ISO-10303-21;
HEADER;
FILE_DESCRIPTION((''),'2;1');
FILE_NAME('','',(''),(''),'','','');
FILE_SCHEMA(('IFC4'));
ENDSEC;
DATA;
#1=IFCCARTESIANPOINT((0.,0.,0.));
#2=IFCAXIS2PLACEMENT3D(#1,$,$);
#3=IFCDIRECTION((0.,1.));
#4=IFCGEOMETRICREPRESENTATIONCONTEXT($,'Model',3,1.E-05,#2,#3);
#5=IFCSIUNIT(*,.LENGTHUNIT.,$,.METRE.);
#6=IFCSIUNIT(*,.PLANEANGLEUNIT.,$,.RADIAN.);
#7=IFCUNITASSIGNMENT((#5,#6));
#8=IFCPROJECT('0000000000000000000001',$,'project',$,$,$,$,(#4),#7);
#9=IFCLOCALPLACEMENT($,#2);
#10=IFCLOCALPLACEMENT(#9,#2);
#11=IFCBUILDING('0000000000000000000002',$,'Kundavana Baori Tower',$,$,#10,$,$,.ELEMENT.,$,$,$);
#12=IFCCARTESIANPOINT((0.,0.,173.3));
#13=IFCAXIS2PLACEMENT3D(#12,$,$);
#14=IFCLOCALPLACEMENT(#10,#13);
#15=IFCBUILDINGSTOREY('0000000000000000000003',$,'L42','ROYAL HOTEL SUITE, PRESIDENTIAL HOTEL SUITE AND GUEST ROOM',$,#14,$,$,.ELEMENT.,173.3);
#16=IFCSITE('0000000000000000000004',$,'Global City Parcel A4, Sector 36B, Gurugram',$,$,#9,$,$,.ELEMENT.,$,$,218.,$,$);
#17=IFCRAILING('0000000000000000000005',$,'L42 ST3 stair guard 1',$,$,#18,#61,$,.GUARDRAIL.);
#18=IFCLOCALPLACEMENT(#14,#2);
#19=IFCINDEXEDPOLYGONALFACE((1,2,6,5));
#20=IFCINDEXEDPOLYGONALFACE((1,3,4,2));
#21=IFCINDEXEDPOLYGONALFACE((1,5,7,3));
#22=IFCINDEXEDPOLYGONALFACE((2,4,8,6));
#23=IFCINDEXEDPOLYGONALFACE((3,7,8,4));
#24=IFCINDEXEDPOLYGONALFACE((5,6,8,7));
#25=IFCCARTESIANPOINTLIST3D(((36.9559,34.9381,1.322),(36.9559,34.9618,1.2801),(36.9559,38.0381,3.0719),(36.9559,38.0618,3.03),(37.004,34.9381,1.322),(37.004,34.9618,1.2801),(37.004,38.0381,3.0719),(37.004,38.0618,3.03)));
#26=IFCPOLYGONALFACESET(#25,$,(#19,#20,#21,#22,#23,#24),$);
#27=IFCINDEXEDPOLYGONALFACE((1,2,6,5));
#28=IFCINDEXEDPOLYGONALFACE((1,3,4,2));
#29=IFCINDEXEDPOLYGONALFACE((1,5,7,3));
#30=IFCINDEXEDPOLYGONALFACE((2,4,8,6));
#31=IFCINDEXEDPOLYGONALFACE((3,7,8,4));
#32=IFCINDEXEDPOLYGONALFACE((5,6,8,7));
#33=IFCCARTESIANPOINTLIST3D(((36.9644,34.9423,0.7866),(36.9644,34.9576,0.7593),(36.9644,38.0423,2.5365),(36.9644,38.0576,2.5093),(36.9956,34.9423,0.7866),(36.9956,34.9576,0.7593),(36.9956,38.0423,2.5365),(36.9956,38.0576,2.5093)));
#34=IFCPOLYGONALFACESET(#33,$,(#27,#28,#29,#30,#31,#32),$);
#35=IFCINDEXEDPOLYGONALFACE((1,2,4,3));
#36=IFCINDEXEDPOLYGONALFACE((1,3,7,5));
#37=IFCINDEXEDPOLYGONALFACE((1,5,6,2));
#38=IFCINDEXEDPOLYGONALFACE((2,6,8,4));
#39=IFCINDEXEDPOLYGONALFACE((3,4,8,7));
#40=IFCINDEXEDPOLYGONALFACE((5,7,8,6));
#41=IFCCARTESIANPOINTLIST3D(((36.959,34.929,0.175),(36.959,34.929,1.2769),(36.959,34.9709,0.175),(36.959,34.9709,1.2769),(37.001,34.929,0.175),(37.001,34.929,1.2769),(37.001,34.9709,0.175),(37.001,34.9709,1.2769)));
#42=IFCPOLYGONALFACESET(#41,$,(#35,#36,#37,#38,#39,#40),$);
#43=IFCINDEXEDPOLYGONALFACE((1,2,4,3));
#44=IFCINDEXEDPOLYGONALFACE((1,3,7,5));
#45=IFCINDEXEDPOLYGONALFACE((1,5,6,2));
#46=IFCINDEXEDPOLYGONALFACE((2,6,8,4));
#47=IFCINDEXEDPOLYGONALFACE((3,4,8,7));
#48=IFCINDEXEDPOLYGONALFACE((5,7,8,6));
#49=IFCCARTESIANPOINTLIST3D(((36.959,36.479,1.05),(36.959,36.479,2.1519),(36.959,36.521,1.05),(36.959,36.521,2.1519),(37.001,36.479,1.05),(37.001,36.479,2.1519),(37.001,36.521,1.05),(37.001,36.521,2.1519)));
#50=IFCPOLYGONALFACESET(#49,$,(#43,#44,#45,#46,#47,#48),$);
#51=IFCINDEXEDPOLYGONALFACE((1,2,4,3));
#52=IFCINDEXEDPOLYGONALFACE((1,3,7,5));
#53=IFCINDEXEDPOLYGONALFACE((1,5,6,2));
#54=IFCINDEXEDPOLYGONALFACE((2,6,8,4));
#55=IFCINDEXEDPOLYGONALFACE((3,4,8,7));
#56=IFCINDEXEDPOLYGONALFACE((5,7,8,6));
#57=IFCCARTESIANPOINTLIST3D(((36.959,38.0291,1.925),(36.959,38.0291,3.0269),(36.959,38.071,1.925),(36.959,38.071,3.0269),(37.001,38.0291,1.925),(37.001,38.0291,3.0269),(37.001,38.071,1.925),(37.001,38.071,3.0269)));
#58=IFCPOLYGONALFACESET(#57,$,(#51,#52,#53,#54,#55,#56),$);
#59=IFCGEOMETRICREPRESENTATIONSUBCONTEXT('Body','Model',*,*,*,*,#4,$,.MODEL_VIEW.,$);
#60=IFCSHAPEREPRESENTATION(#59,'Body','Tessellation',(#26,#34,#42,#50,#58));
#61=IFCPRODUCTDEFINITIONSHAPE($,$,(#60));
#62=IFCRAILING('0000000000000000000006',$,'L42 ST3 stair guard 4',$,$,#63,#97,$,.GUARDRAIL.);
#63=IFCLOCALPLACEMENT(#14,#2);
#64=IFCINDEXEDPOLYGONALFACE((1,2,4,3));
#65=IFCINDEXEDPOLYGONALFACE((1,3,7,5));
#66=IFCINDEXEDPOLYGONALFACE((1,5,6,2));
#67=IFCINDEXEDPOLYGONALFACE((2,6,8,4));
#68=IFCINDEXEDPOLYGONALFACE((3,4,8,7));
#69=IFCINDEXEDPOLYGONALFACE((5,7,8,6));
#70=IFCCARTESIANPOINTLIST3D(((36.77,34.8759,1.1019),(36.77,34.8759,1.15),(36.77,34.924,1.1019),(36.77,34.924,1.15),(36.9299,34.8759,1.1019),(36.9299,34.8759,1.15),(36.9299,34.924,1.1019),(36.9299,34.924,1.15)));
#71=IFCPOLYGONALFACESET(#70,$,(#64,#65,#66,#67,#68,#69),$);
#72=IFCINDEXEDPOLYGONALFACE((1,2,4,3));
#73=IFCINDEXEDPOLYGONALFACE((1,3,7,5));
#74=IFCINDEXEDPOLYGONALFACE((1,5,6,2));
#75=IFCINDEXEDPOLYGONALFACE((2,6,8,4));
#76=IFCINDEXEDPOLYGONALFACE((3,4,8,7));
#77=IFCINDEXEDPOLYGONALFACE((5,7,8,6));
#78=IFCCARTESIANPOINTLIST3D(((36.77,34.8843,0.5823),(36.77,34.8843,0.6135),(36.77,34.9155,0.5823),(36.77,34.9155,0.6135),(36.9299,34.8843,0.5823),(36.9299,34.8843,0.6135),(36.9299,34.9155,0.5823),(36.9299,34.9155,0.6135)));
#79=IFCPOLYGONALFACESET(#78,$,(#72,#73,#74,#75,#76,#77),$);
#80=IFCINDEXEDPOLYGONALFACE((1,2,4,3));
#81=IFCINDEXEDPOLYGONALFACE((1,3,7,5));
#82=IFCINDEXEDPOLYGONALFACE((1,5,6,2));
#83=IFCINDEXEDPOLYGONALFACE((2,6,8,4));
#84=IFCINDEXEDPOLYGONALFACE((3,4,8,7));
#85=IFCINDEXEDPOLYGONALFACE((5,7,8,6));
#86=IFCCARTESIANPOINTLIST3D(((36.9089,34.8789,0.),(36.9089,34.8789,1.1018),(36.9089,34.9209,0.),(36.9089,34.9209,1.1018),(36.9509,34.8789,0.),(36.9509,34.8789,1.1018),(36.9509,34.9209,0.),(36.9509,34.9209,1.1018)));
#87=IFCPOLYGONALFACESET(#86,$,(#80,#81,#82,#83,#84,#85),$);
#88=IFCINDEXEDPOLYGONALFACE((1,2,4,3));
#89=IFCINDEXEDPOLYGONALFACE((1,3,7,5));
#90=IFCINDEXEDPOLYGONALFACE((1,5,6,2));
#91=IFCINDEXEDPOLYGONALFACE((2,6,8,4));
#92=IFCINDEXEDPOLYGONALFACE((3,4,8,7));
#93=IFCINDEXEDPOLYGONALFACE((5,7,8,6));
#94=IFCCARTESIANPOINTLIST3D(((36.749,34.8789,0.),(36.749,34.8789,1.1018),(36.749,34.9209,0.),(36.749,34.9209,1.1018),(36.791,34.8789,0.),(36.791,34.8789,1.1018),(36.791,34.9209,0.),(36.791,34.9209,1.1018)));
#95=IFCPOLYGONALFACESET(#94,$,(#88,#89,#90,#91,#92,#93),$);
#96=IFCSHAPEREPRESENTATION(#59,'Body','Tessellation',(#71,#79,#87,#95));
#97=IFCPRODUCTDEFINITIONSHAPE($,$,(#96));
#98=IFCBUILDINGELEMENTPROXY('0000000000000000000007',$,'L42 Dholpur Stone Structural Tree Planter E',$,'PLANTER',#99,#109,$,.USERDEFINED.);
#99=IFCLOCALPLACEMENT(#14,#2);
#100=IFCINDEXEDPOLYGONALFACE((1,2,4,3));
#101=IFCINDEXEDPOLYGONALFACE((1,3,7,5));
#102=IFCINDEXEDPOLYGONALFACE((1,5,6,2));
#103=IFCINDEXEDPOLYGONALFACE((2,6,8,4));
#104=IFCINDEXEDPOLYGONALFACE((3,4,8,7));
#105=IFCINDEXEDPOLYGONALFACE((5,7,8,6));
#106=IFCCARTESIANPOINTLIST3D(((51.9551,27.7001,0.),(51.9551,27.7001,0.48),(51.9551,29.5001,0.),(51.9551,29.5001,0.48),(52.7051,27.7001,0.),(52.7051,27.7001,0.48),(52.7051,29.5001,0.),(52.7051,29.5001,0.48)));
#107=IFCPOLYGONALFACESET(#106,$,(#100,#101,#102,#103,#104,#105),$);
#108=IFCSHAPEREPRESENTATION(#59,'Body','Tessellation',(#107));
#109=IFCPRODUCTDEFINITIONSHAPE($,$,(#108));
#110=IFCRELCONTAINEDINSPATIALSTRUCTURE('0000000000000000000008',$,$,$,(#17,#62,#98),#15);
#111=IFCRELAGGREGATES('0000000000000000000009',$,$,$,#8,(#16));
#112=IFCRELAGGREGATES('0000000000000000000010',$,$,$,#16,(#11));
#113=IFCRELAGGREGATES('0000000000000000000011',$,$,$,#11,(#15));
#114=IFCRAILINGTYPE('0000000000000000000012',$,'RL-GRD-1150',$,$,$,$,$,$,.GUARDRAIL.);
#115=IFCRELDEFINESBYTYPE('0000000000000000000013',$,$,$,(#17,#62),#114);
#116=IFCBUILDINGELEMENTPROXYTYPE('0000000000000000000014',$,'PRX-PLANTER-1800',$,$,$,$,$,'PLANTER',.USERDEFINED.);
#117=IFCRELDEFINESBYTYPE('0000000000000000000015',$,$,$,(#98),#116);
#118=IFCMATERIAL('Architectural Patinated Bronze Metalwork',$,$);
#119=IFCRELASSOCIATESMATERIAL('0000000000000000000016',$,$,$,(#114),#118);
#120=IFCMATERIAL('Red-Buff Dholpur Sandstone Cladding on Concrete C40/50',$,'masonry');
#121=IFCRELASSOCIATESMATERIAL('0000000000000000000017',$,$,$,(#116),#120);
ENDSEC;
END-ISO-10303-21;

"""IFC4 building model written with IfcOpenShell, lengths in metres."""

from ifc_helpers import new_model, si_unit, direction, frame, origin, origin_2d, place, context, subcontext, project, spatial, rectangle, extrude, material, type_object, element, save


model = new_model("IFC4")

# Units and contexts
model_context = context("Model", 3, precision=1e-05, world=origin(), true_north=direction((0.0, 1.0)))
body_context = subcontext(model_context, "Body", "Model", "MODEL_VIEW")
ifc_project = project(units=[si_unit("LENGTHUNIT", "METRE"), si_unit("PLANEANGLEUNIT", "RADIAN")], contexts=[model_context])

# Site, building, storey
site_placement = place(None, origin())
site = spatial("IfcSite", under=ifc_project, at=site_placement, Name="Global City Parcel A4, Sector 36B, Gurugram", CompositionType="ELEMENT", RefElevation=218.0)
building_placement = place(site_placement, origin())
building = spatial("IfcBuilding", under=site, at=building_placement, Name="Kundavana Baori Tower", CompositionType="ELEMENT")
storey_placement = place(building_placement, frame((0.0, 0.0, 173.3)))
storey = spatial("IfcBuildingStorey", under=building, at=storey_placement, Name="L42", Description="ROYAL HOTEL SUITE, PRESIDENTIAL HOTEL SUITE AND GUEST ROOM", CompositionType="ELEMENT", Elevation=173.3)

# Railings
ifc_material_1 = material(Name="Architectural Patinated Bronze Metalwork")
railing_type = type_object("IfcRailingType", Name="RL-GRD-1150", PredefinedType="GUARDRAIL", material=ifc_material_1)
railing_1_placement = place(storey_placement, frame((36.98, 34.95, 0.175)))
element("IfcRailing", 1, at=railing_1_placement, inside=storey, type_object=railing_type, Name="L42 ST3 stair guard 1", PredefinedType="GUARDRAIL", context=body_context, shape_type="SweptSolid", body=[
    extrude(rectangle(XDim=0.0481, YDim=0.0481, at=origin_2d()), frame((0.0, 0.0, 1.126), z_axis=(0.0, 0.870831, 0.491583), x_axis=(-1.0, 0.0, 0.0)), (0.0, 0.0, 1.0), 3.5598),
    extrude(rectangle(XDim=0.0312, YDim=0.0312, at=origin_2d()), frame((0.0, 0.0, 0.5979), z_axis=(0.0, 0.870831, 0.491583), x_axis=(-1.0, 0.0, 0.0)), (0.0, 0.0, 1.0), 3.5598),
    extrude(rectangle(XDim=0.042, YDim=0.042, at=origin_2d()), origin(), (0.0, 0.0, 1.0), 1.1018),
    extrude(rectangle(XDim=0.042, YDim=0.042, at=origin_2d()), frame((0.0, 1.55, 0.875)), (0.0, 0.0, 1.0), 1.1018),
    extrude(rectangle(XDim=0.042, YDim=0.042, at=origin_2d()), frame((0.0, 3.1001, 1.75)), (0.0, 0.0, 1.0), 1.1018),
])
railing_2_placement = place(storey_placement, frame((36.9299, 34.8999, 0.0)))
element("IfcRailing", 2, at=railing_2_placement, inside=storey, type_object=railing_type, Name="L42 ST3 stair guard 4", PredefinedType="GUARDRAIL", context=body_context, shape_type="SweptSolid", body=[
    extrude(rectangle(XDim=0.0481, YDim=0.0481, at=origin_2d()), frame((0.0, 0.0, 1.126), z_axis=(-1.0, 0.0, 0.0), x_axis=(0.0, -1.0, 0.0)), (0.0, 0.0, 1.0), 0.1599),
    extrude(rectangle(XDim=0.0312, YDim=0.0312, at=origin_2d()), frame((0.0, 0.0, 0.5979), z_axis=(-1.0, 0.0, 0.0), x_axis=(0.0, -1.0, 0.0)), (0.0, 0.0, 1.0), 0.1599),
    extrude(rectangle(XDim=0.042, YDim=0.042, at=origin_2d()), origin(), (0.0, 0.0, 1.0), 1.1018),
    extrude(rectangle(XDim=0.042, YDim=0.042, at=origin_2d()), frame((-0.1599, 0.0, 0.0)), (0.0, 0.0, 1.0), 1.1018),
])

# Building element proxy
ifc_material_2 = material(Name="Red-Buff Dholpur Sandstone Cladding on Concrete C40/50", Category="masonry")
building_element_proxy_type = type_object("IfcBuildingElementProxyType", Name="PRX-PLANTER-1800", ElementType="PLANTER", PredefinedType="USERDEFINED", material=ifc_material_2)
proxy_placement = place(storey_placement, frame((52.3301, 28.6001, 0.0), z_axis=(0.0, 0.0, 1.0), x_axis=(0.0, 1.0, 0.0)))
element("IfcBuildingElementProxy", 3, at=proxy_placement, inside=storey, type_object=building_element_proxy_type, Name="L42 Dholpur Stone Structural Tree Planter E", ObjectType="PLANTER", PredefinedType="USERDEFINED", context=body_context, shape_type="SweptSolid", body=[
    extrude(rectangle(XDim=1.8, YDim=0.75, at=origin_2d()), origin(), (0.0, 0.0, 1.0), 0.48),
])

save(model, "model.ifc")
